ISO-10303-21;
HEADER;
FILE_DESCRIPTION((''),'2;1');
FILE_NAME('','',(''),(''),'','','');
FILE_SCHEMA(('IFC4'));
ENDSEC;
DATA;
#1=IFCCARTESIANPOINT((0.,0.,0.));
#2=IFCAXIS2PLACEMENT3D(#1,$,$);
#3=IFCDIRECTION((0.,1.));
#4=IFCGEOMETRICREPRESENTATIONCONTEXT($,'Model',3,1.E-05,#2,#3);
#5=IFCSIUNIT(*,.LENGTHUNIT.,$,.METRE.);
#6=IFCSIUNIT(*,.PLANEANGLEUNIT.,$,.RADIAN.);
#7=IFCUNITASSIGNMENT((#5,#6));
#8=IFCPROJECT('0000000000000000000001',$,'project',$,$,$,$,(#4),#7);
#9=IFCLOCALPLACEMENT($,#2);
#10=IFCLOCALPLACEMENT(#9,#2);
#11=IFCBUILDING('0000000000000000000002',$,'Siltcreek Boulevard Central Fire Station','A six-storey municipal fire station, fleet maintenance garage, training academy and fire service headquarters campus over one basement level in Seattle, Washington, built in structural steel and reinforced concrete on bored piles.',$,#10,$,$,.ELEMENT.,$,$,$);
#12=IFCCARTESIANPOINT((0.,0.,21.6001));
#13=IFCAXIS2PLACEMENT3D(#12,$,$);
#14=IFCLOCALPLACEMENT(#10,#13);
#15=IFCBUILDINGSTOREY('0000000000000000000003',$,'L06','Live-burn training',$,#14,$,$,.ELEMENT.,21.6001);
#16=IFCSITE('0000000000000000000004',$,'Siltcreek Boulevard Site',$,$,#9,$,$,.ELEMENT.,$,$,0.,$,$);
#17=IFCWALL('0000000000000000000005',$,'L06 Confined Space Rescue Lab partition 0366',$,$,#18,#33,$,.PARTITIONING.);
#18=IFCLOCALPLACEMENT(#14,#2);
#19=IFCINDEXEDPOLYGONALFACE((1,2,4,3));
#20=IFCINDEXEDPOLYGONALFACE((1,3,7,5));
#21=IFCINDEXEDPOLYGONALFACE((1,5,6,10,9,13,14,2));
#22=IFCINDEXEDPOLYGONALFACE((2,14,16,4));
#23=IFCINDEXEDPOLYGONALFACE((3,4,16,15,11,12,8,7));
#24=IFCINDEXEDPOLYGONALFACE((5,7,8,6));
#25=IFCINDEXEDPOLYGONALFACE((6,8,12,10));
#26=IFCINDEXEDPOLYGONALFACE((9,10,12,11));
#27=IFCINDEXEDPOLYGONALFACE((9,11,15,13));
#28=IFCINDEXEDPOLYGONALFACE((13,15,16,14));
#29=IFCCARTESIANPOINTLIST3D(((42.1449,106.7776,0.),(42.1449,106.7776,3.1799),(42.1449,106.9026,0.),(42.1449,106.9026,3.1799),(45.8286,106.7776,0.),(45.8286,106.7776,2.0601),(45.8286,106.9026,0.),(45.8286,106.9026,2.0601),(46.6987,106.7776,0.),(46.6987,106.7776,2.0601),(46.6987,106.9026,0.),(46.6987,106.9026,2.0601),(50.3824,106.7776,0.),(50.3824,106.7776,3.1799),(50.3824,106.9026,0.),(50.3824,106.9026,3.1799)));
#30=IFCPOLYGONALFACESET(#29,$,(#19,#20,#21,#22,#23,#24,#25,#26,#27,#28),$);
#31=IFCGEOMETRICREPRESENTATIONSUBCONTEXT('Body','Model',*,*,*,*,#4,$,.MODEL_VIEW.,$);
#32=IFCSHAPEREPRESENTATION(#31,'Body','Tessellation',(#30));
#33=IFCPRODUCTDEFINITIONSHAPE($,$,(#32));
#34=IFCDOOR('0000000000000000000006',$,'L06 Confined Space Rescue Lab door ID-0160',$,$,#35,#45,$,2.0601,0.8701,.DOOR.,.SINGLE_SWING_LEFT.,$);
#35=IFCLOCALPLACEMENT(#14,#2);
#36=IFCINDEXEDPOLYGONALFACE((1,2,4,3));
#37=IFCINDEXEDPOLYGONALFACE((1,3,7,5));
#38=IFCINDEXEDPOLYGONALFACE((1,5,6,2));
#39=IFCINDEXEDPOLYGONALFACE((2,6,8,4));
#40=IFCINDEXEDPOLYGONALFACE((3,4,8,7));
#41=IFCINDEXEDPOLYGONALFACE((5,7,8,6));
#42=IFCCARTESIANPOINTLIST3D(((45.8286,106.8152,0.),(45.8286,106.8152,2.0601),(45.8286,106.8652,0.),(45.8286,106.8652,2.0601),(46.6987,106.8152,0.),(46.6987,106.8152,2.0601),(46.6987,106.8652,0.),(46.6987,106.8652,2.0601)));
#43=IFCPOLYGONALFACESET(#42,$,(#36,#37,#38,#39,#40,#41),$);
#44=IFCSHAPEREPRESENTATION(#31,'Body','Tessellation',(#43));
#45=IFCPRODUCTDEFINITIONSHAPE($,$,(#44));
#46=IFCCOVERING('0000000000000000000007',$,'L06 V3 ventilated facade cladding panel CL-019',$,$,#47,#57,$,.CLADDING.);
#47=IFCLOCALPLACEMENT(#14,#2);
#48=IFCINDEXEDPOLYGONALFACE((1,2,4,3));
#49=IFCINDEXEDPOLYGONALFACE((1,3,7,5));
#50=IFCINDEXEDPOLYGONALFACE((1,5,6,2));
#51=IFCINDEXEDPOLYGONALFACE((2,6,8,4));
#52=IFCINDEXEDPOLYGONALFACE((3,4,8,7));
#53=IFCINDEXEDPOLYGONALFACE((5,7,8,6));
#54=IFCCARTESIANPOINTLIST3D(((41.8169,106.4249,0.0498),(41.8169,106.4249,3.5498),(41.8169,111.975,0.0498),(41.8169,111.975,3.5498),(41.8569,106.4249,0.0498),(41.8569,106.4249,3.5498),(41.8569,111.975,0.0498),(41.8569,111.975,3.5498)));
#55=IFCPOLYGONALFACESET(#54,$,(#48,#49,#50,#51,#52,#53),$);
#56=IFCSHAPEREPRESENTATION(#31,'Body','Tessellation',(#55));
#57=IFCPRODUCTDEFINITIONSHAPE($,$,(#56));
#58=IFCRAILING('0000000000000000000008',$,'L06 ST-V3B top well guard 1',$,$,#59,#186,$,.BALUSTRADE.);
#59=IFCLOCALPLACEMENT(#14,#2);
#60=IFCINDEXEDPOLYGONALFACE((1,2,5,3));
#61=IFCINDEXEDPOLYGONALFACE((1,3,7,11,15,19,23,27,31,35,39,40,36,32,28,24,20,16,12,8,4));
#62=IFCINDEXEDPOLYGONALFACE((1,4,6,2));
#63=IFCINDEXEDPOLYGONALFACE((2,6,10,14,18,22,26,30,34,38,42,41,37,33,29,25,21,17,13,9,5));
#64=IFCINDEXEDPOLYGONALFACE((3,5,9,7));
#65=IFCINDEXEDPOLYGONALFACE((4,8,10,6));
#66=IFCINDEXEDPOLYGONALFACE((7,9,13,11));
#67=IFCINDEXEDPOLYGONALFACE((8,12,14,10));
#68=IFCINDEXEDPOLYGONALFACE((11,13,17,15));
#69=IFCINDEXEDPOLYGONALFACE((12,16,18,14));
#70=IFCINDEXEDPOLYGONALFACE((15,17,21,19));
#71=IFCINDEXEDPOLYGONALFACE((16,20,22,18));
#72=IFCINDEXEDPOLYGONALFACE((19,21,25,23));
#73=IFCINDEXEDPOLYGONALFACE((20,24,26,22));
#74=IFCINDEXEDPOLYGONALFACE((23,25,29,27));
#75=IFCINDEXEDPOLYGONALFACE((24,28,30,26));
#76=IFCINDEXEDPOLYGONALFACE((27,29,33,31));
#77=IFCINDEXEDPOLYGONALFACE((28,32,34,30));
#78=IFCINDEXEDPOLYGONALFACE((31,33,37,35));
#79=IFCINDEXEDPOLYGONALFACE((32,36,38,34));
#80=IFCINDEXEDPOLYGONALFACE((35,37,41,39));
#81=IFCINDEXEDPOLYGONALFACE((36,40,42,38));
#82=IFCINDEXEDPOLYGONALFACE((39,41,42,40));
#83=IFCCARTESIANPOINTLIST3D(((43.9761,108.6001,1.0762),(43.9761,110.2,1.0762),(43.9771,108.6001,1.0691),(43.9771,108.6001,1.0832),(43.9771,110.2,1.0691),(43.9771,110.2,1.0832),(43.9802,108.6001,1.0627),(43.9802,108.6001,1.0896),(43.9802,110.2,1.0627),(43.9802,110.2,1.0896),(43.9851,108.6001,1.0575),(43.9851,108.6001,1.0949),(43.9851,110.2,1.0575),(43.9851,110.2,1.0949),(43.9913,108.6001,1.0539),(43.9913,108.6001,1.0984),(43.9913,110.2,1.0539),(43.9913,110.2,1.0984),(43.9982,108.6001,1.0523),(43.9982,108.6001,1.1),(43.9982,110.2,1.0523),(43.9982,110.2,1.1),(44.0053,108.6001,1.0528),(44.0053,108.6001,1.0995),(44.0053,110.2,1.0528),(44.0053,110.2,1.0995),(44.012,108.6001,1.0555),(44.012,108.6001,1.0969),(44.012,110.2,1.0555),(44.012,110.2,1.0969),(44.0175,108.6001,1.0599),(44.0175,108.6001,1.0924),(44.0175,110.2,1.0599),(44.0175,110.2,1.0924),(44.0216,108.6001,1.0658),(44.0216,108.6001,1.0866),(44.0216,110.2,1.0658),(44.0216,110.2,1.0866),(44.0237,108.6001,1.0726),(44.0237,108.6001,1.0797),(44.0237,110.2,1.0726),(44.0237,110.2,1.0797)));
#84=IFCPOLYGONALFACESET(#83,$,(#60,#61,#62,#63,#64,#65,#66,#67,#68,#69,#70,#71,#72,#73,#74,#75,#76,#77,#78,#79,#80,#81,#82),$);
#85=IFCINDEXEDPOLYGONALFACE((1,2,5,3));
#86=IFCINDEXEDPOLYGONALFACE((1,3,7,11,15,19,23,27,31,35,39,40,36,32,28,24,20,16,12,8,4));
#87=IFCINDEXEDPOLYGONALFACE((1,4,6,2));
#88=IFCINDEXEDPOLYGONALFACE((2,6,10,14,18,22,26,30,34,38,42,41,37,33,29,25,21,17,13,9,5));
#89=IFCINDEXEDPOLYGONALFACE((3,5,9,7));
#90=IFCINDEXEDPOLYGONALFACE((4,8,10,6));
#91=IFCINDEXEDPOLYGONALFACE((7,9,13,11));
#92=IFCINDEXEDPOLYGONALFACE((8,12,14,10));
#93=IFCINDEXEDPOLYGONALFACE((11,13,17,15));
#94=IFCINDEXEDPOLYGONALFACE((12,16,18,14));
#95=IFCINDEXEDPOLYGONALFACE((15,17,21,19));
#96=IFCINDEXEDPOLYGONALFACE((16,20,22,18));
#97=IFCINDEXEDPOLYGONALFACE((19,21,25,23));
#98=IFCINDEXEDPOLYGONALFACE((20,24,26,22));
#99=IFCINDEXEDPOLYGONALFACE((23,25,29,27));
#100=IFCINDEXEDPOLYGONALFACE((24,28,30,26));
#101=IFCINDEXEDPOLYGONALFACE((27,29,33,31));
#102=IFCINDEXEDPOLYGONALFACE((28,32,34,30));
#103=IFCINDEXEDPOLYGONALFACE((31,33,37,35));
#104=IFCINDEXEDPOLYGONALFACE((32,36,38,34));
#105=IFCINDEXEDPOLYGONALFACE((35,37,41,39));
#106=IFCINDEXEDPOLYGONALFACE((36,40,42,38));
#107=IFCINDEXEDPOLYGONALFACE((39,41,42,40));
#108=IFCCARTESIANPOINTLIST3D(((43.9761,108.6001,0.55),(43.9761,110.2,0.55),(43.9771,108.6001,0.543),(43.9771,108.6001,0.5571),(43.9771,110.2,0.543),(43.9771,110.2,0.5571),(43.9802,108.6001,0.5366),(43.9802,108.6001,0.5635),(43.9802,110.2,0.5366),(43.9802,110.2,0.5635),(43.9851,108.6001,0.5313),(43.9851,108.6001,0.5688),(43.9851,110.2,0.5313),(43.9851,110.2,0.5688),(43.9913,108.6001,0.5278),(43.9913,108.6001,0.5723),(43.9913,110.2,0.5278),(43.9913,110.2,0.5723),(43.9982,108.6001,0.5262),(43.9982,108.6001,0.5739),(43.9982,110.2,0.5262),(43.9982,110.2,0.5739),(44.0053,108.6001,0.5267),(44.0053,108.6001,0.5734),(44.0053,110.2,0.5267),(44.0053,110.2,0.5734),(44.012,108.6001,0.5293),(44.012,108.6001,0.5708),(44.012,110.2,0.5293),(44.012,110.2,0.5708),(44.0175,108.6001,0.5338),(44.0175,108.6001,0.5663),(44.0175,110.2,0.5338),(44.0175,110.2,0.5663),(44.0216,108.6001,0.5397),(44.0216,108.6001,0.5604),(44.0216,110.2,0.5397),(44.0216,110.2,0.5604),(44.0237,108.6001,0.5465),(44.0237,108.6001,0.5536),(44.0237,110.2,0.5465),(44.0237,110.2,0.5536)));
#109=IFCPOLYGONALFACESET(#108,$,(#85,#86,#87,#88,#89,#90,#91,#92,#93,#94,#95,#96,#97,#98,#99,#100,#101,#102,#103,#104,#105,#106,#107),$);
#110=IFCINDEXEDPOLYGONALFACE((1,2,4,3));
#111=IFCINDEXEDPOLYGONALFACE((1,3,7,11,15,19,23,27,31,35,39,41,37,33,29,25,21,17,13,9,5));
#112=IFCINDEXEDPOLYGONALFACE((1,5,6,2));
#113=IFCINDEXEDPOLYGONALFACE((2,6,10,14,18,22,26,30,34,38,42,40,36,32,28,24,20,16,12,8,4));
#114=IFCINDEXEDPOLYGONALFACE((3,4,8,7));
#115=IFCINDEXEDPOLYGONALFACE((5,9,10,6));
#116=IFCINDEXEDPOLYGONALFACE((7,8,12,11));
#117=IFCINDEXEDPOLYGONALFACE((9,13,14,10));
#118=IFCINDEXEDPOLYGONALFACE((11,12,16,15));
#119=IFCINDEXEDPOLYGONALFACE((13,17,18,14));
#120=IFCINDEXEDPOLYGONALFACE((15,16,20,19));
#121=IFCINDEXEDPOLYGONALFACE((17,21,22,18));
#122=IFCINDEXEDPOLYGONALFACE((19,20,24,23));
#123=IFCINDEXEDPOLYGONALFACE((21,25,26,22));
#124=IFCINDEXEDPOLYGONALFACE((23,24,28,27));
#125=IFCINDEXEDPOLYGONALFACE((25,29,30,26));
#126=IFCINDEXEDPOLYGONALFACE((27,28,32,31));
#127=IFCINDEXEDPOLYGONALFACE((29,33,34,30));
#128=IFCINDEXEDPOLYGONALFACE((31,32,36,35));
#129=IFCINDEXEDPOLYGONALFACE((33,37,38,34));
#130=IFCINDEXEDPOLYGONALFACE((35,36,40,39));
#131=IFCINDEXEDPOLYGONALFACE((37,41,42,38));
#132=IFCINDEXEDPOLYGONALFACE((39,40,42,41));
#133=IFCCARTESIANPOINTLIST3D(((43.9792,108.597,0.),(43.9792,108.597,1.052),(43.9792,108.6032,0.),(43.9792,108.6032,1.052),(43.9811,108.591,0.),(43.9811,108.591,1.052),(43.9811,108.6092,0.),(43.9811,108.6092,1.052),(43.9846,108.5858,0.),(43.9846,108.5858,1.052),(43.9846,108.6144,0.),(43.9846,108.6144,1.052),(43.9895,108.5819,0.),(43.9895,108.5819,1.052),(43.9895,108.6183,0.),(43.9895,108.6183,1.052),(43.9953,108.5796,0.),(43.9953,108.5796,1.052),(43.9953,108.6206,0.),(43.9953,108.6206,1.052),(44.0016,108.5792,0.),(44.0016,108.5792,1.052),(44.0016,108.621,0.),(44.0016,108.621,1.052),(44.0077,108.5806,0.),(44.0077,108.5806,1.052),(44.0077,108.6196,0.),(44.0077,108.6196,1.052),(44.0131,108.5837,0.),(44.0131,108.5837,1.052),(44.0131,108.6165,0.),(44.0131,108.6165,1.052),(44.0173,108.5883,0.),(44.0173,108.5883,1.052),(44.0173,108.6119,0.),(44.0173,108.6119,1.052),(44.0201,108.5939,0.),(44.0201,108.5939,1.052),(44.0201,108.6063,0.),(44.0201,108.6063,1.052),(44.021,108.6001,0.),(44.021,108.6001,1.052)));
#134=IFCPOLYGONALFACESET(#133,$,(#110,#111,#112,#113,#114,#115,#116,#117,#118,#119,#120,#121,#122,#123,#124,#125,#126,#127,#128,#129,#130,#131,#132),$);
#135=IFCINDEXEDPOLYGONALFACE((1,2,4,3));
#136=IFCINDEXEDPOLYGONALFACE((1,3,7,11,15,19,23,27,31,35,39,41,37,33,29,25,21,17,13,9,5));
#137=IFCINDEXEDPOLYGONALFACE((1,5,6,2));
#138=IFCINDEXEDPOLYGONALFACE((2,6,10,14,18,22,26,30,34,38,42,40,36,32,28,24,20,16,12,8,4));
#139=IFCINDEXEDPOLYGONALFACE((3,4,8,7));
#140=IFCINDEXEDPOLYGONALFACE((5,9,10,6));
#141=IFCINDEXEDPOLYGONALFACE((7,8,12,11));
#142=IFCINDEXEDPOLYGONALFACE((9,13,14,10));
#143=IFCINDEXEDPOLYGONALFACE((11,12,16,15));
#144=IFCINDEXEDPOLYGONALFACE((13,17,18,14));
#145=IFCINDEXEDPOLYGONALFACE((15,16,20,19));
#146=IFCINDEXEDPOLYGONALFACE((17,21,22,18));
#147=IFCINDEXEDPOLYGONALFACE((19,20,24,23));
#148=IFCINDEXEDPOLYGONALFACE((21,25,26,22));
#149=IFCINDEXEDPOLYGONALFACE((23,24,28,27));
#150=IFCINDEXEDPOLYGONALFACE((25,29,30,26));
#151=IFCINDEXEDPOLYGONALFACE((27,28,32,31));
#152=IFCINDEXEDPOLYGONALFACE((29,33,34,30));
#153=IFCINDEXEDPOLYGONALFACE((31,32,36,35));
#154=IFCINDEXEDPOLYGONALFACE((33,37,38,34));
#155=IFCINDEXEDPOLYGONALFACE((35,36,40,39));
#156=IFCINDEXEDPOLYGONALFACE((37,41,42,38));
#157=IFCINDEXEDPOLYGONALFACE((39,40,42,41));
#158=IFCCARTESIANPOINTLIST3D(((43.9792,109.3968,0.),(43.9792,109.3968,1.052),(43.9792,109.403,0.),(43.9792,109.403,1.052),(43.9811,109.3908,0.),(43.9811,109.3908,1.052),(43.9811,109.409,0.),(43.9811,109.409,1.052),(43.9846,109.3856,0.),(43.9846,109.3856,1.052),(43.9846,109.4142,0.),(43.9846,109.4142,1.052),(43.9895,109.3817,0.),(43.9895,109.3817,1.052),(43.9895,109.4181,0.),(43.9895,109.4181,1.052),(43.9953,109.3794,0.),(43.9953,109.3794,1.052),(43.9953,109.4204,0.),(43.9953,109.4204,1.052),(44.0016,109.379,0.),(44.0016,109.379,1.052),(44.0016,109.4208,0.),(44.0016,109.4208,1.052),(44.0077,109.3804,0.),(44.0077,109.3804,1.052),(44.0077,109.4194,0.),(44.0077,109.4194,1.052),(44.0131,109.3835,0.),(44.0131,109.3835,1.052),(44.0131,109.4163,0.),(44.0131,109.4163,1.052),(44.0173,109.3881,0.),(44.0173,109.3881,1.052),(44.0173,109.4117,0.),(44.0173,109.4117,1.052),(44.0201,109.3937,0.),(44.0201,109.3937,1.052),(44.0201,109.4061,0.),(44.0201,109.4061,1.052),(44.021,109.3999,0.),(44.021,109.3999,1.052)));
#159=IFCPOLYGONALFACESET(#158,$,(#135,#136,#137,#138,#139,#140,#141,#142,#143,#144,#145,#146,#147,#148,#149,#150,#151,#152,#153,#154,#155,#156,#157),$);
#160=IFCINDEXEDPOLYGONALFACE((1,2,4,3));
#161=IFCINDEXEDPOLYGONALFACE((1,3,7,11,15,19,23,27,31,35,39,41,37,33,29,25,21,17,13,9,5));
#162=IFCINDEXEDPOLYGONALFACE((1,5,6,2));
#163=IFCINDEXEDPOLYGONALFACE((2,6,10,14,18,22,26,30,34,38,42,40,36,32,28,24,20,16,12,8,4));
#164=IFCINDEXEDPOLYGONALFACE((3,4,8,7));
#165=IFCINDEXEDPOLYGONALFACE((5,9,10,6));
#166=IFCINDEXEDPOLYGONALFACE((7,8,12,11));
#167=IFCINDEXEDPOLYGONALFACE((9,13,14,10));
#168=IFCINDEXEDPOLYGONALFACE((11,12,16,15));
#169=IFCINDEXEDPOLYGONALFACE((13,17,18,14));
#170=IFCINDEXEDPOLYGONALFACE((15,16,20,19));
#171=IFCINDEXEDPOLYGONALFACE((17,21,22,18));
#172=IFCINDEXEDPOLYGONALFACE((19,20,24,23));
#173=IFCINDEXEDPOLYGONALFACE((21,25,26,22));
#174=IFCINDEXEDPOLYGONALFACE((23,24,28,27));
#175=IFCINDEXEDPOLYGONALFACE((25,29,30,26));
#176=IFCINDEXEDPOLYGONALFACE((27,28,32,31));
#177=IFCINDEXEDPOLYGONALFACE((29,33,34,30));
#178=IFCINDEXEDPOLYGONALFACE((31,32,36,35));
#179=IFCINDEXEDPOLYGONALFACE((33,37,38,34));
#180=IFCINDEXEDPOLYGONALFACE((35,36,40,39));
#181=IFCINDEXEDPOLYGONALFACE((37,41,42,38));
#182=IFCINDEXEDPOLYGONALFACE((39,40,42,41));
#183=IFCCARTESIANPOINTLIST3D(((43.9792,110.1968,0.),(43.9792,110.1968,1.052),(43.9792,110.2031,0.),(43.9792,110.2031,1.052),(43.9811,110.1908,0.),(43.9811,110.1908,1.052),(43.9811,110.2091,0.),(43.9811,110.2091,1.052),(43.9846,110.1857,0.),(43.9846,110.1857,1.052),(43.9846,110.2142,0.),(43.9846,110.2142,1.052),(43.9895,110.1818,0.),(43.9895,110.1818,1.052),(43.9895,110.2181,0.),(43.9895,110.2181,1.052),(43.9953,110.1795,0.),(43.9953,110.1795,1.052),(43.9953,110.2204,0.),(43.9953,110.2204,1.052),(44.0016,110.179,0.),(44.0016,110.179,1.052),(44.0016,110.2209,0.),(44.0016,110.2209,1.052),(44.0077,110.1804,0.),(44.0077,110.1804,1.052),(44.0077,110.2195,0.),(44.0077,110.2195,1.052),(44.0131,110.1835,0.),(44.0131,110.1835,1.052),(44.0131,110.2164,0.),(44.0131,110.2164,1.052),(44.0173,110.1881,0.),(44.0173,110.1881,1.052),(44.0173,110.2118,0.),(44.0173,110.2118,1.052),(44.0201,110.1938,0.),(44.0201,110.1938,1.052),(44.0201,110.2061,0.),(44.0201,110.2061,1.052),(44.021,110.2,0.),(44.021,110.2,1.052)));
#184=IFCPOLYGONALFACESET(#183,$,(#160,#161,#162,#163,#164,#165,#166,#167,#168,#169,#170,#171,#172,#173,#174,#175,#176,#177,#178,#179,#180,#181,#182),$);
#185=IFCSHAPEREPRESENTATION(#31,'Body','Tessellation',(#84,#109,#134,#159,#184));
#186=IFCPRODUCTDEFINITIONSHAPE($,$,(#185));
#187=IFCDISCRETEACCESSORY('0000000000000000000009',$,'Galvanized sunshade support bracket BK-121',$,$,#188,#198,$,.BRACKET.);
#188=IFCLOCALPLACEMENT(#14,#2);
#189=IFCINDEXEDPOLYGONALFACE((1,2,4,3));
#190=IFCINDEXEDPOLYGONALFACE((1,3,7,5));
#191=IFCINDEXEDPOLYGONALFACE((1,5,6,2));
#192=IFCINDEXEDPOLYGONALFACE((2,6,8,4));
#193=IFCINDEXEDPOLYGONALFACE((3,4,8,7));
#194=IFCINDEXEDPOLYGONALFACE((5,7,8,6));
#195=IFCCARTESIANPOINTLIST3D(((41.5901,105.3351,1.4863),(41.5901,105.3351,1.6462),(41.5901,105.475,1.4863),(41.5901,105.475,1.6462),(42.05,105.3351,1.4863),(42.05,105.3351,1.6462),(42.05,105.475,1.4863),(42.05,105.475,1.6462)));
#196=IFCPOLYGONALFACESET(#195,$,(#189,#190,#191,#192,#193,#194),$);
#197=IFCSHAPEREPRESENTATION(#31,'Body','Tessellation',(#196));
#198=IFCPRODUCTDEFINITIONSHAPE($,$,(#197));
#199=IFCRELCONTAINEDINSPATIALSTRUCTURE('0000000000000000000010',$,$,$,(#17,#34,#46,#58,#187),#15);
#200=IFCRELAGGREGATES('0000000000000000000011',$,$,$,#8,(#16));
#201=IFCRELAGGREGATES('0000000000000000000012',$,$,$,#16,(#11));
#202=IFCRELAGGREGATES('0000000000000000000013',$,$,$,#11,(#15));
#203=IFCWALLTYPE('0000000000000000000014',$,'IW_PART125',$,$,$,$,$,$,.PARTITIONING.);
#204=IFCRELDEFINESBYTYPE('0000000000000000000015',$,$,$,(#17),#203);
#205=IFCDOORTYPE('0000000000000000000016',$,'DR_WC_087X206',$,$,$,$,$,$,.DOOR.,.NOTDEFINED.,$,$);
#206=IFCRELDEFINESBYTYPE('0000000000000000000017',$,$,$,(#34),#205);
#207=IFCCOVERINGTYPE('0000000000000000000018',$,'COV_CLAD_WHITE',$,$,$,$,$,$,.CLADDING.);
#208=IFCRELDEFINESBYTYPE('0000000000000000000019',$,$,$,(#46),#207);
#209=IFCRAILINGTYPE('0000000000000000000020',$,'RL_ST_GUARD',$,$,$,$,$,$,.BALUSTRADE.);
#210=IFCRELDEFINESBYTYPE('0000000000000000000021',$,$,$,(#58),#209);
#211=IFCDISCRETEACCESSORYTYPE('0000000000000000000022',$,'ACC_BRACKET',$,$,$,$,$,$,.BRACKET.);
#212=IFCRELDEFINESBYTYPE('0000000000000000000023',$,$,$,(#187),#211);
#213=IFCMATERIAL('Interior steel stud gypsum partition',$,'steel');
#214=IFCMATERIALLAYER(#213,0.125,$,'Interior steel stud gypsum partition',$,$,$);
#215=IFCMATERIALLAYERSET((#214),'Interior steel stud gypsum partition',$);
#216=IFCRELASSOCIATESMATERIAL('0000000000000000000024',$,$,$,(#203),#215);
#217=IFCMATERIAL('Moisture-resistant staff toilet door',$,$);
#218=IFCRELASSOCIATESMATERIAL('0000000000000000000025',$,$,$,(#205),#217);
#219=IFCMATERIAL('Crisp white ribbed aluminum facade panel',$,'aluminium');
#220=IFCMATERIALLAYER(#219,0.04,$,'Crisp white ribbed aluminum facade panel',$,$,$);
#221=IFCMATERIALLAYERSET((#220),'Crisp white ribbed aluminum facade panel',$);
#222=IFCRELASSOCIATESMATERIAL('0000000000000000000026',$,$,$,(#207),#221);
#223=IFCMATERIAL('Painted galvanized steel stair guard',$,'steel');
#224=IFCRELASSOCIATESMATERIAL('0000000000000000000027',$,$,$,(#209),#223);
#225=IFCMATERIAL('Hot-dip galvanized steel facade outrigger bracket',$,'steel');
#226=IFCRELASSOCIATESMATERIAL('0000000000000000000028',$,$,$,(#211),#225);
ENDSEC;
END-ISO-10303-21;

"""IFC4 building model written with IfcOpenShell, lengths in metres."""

from ifc_helpers import new_model, si_unit, direction, frame, frame_2d, origin, origin_2d, place, context, subcontext, project, spatial, rectangle, circle, extrude, material, layer, layer_set, type_object, element, fill, save


model = new_model("IFC4")

# Units and contexts
model_context = context("Model", 3, precision=1e-05, world=origin(), true_north=direction((0.0, 1.0)))
body_context = subcontext(model_context, "Body", "Model", "MODEL_VIEW")
ifc_project = project(units=[si_unit("LENGTHUNIT", "METRE"), si_unit("PLANEANGLEUNIT", "RADIAN")], contexts=[model_context])

# Site, building, storey
site_placement = place(None, origin())
site = spatial("IfcSite", under=ifc_project, at=site_placement, Name="Siltcreek Boulevard Site", CompositionType="ELEMENT", RefElevation=0.0)
building_placement = place(site_placement, origin())
building = spatial("IfcBuilding", under=site, at=building_placement, Name="Siltcreek Boulevard Central Fire Station", Description="A six-storey municipal fire station, fleet maintenance garage, training academy and fire service headquarters campus over one basement level in Seattle, Washington, built in structural steel and reinforced concrete on bored piles.", CompositionType="ELEMENT")
storey_placement = place(building_placement, frame((0.0, 0.0, 21.6001)))
storey = spatial("IfcBuildingStorey", under=building, at=storey_placement, Name="L06", Description="Live-burn training", CompositionType="ELEMENT", Elevation=21.6001)

# Wall, opening, door
ifc_material_1 = material(Name="Interior steel stud gypsum partition", Category="steel")
ifc_layer_1 = layer(ifc_material_1, 0.125, Name="Interior steel stud gypsum partition")
ifc_layer_set_1 = layer_set([ifc_layer_1], Name="Interior steel stud gypsum partition")
wall_type_1 = type_object("IfcWallType", Name="IW_PART125", PredefinedType="PARTITIONING", material=ifc_layer_set_1)
wall_1_placement = place(storey_placement, frame((42.145, 106.8401, 0.0), z_axis=(0.0, 0.0, 1.0), x_axis=(1.0, 0.0, 0.0)))
wall_1 = element("IfcWall", 1, at=wall_1_placement, inside=storey, type_object=wall_type_1, Name="L06 Confined Space Rescue Lab partition 0366", PredefinedType="PARTITIONING", context=body_context, shape_type="SweptSolid", body=[
    extrude(rectangle(XDim=8.2375, YDim=0.125, at=frame_2d((4.1187, 0.0))), origin(), (0.0, 0.0, 1.0), 3.1799),
])
opening_1_placement = place(wall_1_placement, frame((3.6836, 0.0, 0.0)))
opening_1 = element("IfcOpeningElement", 2, at=opening_1_placement, cuts=wall_1, PredefinedType="OPENING", context=body_context, shape_type="SweptSolid", body=[
    extrude(rectangle(XDim=0.8701, YDim=2.0601, at=frame_2d((0.4351, 1.03))), frame((0.0, 0.0725, 0.0), z_axis=(0.0, -1.0, 0.0), x_axis=(1.0, 0.0, 0.0)), (0.0, 0.0, 1.0), 0.145),
])
ifc_material_2 = material(Name="Moisture-resistant staff toilet door")
door_type_1 = type_object("IfcDoorType", Name="DR_WC_087X206", OperationType="NOTDEFINED", PredefinedType="DOOR", material=ifc_material_2)
door_1_placement = place(opening_1_placement, frame((0.8701, 0.0, 0.0), z_axis=(0.0, 0.0, 1.0), x_axis=(-1.0, 0.0, 0.0)))
door_1 = element("IfcDoor", 3, at=door_1_placement, inside=storey, type_object=door_type_1, Name="L06 Confined Space Rescue Lab door ID-0160", OperationType="SINGLE_SWING_LEFT", OverallHeight=2.0601, OverallWidth=0.8701, PredefinedType="DOOR", context=body_context, shape_type="SweptSolid", body=[
    extrude(rectangle(XDim=0.8701, YDim=2.0601, at=frame_2d((0.4351, 1.03))), frame((0.0, 0.0249, 0.0), z_axis=(0.0, -1.0, 0.0), x_axis=(1.0, 0.0, 0.0)), (0.0, 0.0, 1.0), 0.05),
])
fill(opening_1, door_1)

# Covering
ifc_material_3 = material(Name="Crisp white ribbed aluminum facade panel", Category="aluminium")
ifc_layer_2 = layer(ifc_material_3, 0.04, Name="Crisp white ribbed aluminum facade panel")
ifc_layer_set_2 = layer_set([ifc_layer_2], Name="Crisp white ribbed aluminum facade panel")
covering_type = type_object("IfcCoveringType", Name="COV_CLAD_WHITE", PredefinedType="CLADDING", material=ifc_layer_set_2)
covering_placement = place(storey_placement, frame((41.8369, 109.2, 0.0498), z_axis=(0.0, 0.0, 1.0), x_axis=(0.0, -1.0, 0.0)))
element("IfcCovering", 4, at=covering_placement, inside=storey, type_object=covering_type, Name="L06 V3 ventilated facade cladding panel CL-019", PredefinedType="CLADDING", context=body_context, shape_type="SweptSolid", body=[
    extrude(rectangle(XDim=5.55, YDim=0.04, at=origin_2d()), origin(), (0.0, 0.0, 1.0), 3.5),
])

# Railing
ifc_material_4 = material(Name="Painted galvanized steel stair guard", Category="steel")
railing_type = type_object("IfcRailingType", Name="RL_ST_GUARD", PredefinedType="BALUSTRADE", material=ifc_material_4)
railing_placement = place(storey_placement, frame((44.0, 108.6001, 0.0)))
element("IfcRailing", 5, at=railing_placement, inside=storey, type_object=railing_type, Name="L06 ST-V3B top well guard 1", PredefinedType="BALUSTRADE", context=body_context, shape_type="SweptSolid", body=[
    extrude(circle(Radius=0.0239, at=origin_2d()), frame((0.0, 0.0, 1.0762), z_axis=(0.0, 1.0, 0.0), x_axis=(-1.0, 0.0, 0.0)), (0.0, 0.0, 1.0), 1.5999),
    extrude(circle(Radius=0.0239, at=origin_2d()), frame((0.0, 0.0, 0.55), z_axis=(0.0, 1.0, 0.0), x_axis=(-1.0, 0.0, 0.0)), (0.0, 0.0, 1.0), 1.5999),
    extrude(circle(Radius=0.021, at=origin_2d()), origin(), (0.0, 0.0, 1.0), 1.052),
    extrude(circle(Radius=0.021, at=origin_2d()), frame((0.0, 0.7998, 0.0)), (0.0, 0.0, 1.0), 1.052),
    extrude(circle(Radius=0.021, at=origin_2d()), frame((0.0, 1.5999, 0.0)), (0.0, 0.0, 1.0), 1.052),
])

# Discrete accessory
ifc_material_5 = material(Name="Hot-dip galvanized steel facade outrigger bracket", Category="steel")
discrete_accessory_type = type_object("IfcDiscreteAccessoryType", Name="ACC_BRACKET", PredefinedType="BRACKET", material=ifc_material_5)
discrete_accessory_placement = place(storey_placement, frame((41.8201, 105.405, 1.4863), z_axis=(0.0, 0.0, 1.0), x_axis=(0.0, -1.0, 0.0)))
element("IfcDiscreteAccessory", 6, at=discrete_accessory_placement, inside=storey, type_object=discrete_accessory_type, Name="Galvanized sunshade support bracket BK-121", PredefinedType="BRACKET", context=body_context, shape_type="SweptSolid", body=[
    extrude(rectangle(XDim=0.1399, YDim=0.46, at=origin_2d()), origin(), (0.0, 0.0, 1.0), 0.1599),
])

save(model, "model.ifc")
